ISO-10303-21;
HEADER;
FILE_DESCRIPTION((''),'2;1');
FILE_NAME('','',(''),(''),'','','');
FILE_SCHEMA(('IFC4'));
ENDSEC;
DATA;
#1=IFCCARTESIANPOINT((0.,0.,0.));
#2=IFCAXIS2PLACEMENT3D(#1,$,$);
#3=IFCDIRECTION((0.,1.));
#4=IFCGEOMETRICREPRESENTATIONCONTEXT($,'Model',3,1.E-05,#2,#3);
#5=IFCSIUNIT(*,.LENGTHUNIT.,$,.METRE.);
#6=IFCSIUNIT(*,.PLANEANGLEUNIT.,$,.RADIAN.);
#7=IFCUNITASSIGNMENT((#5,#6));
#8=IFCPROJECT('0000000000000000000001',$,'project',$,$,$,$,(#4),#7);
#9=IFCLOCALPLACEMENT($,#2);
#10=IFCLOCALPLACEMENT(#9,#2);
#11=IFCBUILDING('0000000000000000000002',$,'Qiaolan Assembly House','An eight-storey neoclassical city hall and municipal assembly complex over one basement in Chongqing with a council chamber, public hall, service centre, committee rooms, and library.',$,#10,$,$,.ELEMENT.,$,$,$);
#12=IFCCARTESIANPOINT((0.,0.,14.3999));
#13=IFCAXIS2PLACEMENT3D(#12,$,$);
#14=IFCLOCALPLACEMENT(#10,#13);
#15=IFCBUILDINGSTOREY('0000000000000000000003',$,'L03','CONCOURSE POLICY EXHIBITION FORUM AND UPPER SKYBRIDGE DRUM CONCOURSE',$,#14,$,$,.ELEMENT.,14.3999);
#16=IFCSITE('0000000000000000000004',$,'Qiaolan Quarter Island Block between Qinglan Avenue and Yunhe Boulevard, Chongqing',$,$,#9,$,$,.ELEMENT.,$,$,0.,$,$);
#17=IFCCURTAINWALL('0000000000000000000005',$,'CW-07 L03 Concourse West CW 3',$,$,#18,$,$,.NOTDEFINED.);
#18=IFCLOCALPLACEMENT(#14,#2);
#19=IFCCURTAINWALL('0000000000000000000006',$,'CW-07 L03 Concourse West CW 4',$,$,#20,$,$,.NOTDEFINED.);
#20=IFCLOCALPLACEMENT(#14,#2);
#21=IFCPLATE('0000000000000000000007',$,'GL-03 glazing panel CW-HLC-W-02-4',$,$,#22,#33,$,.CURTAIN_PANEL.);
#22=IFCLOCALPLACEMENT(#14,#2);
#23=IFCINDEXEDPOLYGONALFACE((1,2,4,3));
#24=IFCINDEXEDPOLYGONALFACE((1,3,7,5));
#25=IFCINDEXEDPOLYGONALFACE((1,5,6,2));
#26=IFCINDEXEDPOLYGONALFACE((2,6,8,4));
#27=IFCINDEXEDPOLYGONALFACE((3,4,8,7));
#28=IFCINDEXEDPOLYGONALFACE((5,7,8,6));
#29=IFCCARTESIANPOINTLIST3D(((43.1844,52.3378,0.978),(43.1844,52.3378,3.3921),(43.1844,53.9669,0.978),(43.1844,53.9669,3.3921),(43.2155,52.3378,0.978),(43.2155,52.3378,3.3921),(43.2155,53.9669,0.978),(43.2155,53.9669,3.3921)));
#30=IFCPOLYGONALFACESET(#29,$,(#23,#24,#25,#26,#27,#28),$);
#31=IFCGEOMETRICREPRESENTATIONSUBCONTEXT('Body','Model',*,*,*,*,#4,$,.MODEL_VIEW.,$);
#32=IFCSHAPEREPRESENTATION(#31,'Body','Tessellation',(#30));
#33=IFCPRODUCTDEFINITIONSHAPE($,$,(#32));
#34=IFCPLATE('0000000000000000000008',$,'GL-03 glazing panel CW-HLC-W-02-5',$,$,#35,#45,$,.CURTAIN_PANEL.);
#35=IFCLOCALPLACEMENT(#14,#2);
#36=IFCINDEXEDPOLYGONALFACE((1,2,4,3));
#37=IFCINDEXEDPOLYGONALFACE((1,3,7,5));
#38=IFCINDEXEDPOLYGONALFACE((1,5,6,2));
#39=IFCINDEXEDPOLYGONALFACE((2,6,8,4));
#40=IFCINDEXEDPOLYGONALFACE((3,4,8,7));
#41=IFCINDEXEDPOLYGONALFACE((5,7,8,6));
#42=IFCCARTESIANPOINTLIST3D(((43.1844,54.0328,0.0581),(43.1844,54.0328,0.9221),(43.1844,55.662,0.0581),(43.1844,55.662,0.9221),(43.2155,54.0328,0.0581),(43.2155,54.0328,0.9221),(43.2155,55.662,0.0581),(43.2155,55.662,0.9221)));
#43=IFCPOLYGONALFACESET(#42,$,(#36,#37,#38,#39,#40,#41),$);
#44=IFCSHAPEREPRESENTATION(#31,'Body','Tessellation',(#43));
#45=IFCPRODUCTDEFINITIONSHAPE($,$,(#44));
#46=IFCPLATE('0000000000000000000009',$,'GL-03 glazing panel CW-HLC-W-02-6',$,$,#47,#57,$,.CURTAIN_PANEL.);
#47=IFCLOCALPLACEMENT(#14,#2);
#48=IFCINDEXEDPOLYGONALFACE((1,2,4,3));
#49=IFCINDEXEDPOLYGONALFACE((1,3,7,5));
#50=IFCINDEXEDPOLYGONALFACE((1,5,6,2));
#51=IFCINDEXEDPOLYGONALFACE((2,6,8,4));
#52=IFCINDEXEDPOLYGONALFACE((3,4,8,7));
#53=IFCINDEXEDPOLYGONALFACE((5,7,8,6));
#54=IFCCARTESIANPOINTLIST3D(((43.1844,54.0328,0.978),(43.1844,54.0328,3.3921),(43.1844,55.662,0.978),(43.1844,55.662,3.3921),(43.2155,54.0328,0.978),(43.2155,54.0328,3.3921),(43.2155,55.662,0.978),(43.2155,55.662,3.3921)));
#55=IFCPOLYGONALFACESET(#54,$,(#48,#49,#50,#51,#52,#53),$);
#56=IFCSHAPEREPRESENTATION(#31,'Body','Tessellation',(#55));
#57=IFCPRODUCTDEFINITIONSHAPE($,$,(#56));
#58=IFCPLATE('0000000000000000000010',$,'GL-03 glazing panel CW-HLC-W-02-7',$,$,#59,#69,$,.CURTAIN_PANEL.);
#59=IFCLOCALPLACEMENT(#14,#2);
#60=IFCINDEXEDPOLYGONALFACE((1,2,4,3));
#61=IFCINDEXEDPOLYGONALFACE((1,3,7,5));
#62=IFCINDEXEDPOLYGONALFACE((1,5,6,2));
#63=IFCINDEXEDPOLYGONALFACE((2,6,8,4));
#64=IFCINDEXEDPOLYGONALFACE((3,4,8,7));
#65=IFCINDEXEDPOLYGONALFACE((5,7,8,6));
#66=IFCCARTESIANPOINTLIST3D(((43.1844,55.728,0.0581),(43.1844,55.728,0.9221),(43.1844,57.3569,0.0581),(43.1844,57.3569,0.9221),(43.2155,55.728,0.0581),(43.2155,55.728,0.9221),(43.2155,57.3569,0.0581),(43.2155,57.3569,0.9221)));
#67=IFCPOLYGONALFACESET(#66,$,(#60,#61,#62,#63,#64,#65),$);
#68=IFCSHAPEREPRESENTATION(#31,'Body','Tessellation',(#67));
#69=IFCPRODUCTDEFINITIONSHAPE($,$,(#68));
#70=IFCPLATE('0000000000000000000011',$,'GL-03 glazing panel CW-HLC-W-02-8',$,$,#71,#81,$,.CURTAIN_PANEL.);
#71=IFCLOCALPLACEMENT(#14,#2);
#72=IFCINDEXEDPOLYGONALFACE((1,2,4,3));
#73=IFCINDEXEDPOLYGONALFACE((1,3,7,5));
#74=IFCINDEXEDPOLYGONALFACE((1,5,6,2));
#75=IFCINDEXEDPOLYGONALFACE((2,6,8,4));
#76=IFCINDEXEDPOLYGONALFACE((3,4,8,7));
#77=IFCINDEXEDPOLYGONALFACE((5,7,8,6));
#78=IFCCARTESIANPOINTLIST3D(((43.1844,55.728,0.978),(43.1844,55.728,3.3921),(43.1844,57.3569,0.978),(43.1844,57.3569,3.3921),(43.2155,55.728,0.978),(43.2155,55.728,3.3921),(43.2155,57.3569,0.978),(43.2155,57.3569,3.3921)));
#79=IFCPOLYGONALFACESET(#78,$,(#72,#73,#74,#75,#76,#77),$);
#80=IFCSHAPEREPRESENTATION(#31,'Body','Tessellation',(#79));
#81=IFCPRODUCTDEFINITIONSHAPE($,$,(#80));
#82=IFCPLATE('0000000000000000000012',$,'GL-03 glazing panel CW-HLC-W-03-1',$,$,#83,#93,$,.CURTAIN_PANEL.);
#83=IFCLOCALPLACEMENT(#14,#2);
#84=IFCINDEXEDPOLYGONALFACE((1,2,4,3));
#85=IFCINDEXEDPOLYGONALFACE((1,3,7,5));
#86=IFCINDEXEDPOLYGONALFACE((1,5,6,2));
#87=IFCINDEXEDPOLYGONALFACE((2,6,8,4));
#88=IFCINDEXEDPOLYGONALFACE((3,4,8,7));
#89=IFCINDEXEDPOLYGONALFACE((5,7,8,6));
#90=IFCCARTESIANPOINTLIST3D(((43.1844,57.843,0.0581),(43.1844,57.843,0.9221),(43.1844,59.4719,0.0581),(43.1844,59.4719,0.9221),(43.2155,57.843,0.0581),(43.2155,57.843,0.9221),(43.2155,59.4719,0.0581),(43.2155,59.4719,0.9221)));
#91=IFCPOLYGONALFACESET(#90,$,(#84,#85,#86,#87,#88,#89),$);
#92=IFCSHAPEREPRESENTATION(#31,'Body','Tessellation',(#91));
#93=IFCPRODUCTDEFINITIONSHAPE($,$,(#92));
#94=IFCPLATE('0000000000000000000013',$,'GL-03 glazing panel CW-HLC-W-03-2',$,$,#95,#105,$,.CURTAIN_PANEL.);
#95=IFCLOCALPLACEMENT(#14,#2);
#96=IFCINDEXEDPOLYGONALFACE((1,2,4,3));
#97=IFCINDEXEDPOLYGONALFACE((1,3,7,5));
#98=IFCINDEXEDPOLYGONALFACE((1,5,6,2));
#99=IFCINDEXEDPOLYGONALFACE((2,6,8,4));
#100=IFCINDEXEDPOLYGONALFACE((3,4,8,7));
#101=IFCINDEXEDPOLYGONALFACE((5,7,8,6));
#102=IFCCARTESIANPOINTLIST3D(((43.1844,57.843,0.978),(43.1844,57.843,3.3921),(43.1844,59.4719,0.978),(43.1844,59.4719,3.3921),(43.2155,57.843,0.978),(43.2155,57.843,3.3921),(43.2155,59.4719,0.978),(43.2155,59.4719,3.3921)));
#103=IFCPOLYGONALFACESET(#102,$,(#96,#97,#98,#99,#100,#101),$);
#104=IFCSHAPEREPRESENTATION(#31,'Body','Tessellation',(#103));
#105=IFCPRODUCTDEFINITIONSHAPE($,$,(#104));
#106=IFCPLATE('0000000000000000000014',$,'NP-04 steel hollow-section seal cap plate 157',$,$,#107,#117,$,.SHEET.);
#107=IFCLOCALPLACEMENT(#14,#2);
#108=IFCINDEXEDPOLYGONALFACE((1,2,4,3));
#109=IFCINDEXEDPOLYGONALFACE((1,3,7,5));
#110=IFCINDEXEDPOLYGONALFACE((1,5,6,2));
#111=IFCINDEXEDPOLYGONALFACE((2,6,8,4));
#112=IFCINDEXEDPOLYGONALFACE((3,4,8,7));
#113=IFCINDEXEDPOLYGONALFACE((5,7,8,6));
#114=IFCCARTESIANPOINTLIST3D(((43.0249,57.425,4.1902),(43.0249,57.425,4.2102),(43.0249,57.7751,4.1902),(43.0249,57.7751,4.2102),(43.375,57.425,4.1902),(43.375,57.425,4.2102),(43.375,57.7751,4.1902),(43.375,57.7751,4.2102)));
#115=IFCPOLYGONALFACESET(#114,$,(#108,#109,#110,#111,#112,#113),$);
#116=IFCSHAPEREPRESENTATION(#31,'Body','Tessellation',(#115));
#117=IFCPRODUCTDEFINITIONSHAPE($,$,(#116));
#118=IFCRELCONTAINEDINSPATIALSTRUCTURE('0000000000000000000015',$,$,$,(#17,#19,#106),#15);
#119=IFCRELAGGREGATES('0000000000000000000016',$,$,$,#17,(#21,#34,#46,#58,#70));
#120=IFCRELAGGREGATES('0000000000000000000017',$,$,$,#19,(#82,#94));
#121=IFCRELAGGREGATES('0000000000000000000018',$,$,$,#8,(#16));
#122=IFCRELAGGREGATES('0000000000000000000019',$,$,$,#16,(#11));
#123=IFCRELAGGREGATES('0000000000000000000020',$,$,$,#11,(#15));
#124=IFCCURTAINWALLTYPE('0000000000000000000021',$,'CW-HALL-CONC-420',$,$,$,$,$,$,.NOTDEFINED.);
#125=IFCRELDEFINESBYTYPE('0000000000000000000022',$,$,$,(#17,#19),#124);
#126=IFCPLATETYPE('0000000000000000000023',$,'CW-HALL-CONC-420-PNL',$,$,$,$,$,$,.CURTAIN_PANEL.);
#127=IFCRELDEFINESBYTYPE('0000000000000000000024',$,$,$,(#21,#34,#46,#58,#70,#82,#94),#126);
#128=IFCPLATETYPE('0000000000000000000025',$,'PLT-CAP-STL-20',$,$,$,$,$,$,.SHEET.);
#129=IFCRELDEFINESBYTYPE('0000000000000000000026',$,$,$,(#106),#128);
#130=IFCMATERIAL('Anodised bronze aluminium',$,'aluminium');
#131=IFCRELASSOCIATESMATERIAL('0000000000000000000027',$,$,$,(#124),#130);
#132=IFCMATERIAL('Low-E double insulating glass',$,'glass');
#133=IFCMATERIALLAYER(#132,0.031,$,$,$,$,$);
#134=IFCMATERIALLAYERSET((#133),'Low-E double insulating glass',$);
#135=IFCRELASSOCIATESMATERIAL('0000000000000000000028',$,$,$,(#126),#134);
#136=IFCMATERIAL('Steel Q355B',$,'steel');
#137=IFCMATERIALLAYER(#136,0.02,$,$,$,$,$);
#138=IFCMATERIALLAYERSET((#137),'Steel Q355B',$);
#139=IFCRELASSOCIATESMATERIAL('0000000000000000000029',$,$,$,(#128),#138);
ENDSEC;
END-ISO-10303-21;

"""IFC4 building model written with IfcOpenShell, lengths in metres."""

from ifc_helpers import new_model, si_unit, direction, frame, frame_2d, origin, origin_2d, place, context, subcontext, project, spatial, rectangle, extrude, material, layer, layer_set, type_object, element, aggregate, save


model = new_model("IFC4")

# Units and contexts
model_context = context("Model", 3, precision=1e-05, world=origin(), true_north=direction((0.0, 1.0)))
body_context = subcontext(model_context, "Body", "Model", "MODEL_VIEW")
ifc_project = project(units=[si_unit("LENGTHUNIT", "METRE"), si_unit("PLANEANGLEUNIT", "RADIAN")], contexts=[model_context])

# Site, building, storey
site_placement = place(None, origin())
site = spatial("IfcSite", under=ifc_project, at=site_placement, Name="Qiaolan Quarter Island Block between Qinglan Avenue and Yunhe Boulevard, Chongqing", CompositionType="ELEMENT", RefElevation=0.0)
building_placement = place(site_placement, origin())
building = spatial("IfcBuilding", under=site, at=building_placement, Name="Qiaolan Assembly House", Description="An eight-storey neoclassical city hall and municipal assembly complex over one basement in Chongqing with a council chamber, public hall, service centre, committee rooms, and library.", CompositionType="ELEMENT")
storey_placement = place(building_placement, frame((0.0, 0.0, 14.3999)))
storey = spatial("IfcBuildingStorey", under=building, at=storey_placement, Name="L03", Description="CONCOURSE POLICY EXHIBITION FORUM AND UPPER SKYBRIDGE DRUM CONCOURSE", CompositionType="ELEMENT", Elevation=14.3999)

# Shared definitions
ifc_material_1 = material(Name="Steel Q355B", Category="steel")

# Curtain walls
ifc_material_2 = material(Name="Anodised bronze aluminium", Category="aluminium")
curtain_wall_type = type_object("IfcCurtainWallType", Name="CW-HALL-CONC-420", PredefinedType="NOTDEFINED", material=ifc_material_2)
curtain_wall_1_placement = place(storey_placement, origin())
curtain_wall_1 = element("IfcCurtainWall", 1, at=curtain_wall_1_placement, inside=storey, type_object=curtain_wall_type, Name="CW-07 L03 Concourse West CW 3", PredefinedType="NOTDEFINED")
curtain_wall_2_placement = place(storey_placement, origin())
curtain_wall_2 = element("IfcCurtainWall", 2, at=curtain_wall_2_placement, inside=storey, type_object=curtain_wall_type, Name="CW-07 L03 Concourse West CW 4", PredefinedType="NOTDEFINED")

# Plates
ifc_material_3 = material(Name="Low-E double insulating glass", Category="glass")
ifc_layer_1 = layer(ifc_material_3, 0.031)
ifc_layer_set_1 = layer_set([ifc_layer_1], Name="Low-E double insulating glass")
plate_type_1 = type_object("IfcPlateType", Name="CW-HALL-CONC-420-PNL", PredefinedType="CURTAIN_PANEL", material=ifc_layer_set_1)
plate_1_placement = place(storey_placement, frame((43.2, 52.3379, 0.978), z_axis=(0.0, 0.0, 1.0), x_axis=(0.0, 1.0, 0.0)))
plate_1 = element("IfcPlate", 3, at=plate_1_placement, type_object=plate_type_1, Name="GL-03 glazing panel CW-HLC-W-02-4", PredefinedType="CURTAIN_PANEL", context=body_context, shape_type="SweptSolid", body=[
    extrude(rectangle(XDim=1.6292, YDim=0.031, at=frame_2d((0.8145, 0.0))), origin(), (0.0, 0.0, 1.0), 2.4141),
])
plate_2_placement = place(storey_placement, frame((43.2, 54.033, 0.0581), z_axis=(0.0, 0.0, 1.0), x_axis=(0.0, 1.0, 0.0)))
plate_2 = element("IfcPlate", 4, at=plate_2_placement, type_object=plate_type_1, Name="GL-03 glazing panel CW-HLC-W-02-5", PredefinedType="CURTAIN_PANEL", context=body_context, shape_type="SweptSolid", body=[
    extrude(rectangle(XDim=1.6292, YDim=0.031, at=frame_2d((0.8145, 0.0))), origin(), (0.0, 0.0, 1.0), 0.864),
])
plate_3_placement = place(storey_placement, frame((43.2, 54.033, 0.978), z_axis=(0.0, 0.0, 1.0), x_axis=(0.0, 1.0, 0.0)))
plate_3 = element("IfcPlate", 5, at=plate_3_placement, type_object=plate_type_1, Name="GL-03 glazing panel CW-HLC-W-02-6", PredefinedType="CURTAIN_PANEL", context=body_context, shape_type="SweptSolid", body=[
    extrude(rectangle(XDim=1.6292, YDim=0.031, at=frame_2d((0.8145, 0.0))), origin(), (0.0, 0.0, 1.0), 2.4141),
])
plate_4_placement = place(storey_placement, frame((43.2, 55.728, 0.0581), z_axis=(0.0, 0.0, 1.0), x_axis=(0.0, 1.0, 0.0)))
plate_4 = element("IfcPlate", 6, at=plate_4_placement, type_object=plate_type_1, Name="GL-03 glazing panel CW-HLC-W-02-7", PredefinedType="CURTAIN_PANEL", context=body_context, shape_type="SweptSolid", body=[
    extrude(rectangle(XDim=1.6289, YDim=0.031, at=frame_2d((0.8145, 0.0))), origin(), (0.0, 0.0, 1.0), 0.864),
])
plate_5_placement = place(storey_placement, frame((43.2, 55.728, 0.978), z_axis=(0.0, 0.0, 1.0), x_axis=(0.0, 1.0, 0.0)))
plate_5 = element("IfcPlate", 7, at=plate_5_placement, type_object=plate_type_1, Name="GL-03 glazing panel CW-HLC-W-02-8", PredefinedType="CURTAIN_PANEL", context=body_context, shape_type="SweptSolid", body=[
    extrude(rectangle(XDim=1.6289, YDim=0.031, at=frame_2d((0.8145, 0.0))), origin(), (0.0, 0.0, 1.0), 2.4141),
])
aggregate(curtain_wall_1, [plate_1, plate_2, plate_3, plate_4, plate_5])
plate_6_placement = place(storey_placement, frame((43.2, 57.843, 0.0581), z_axis=(0.0, 0.0, 1.0), x_axis=(0.0, 1.0, 0.0)))
plate_6 = element("IfcPlate", 8, at=plate_6_placement, type_object=plate_type_1, Name="GL-03 glazing panel CW-HLC-W-03-1", PredefinedType="CURTAIN_PANEL", context=body_context, shape_type="SweptSolid", body=[
    extrude(rectangle(XDim=1.6289, YDim=0.031, at=frame_2d((0.8145, 0.0))), origin(), (0.0, 0.0, 1.0), 0.864),
])
plate_7_placement = place(storey_placement, frame((43.2, 57.843, 0.978), z_axis=(0.0, 0.0, 1.0), x_axis=(0.0, 1.0, 0.0)))
plate_7 = element("IfcPlate", 9, at=plate_7_placement, type_object=plate_type_1, Name="GL-03 glazing panel CW-HLC-W-03-2", PredefinedType="CURTAIN_PANEL", context=body_context, shape_type="SweptSolid", body=[
    extrude(rectangle(XDim=1.6289, YDim=0.031, at=frame_2d((0.8145, 0.0))), origin(), (0.0, 0.0, 1.0), 2.4141),
])
aggregate(curtain_wall_2, [plate_6, plate_7])
ifc_layer_2 = layer(ifc_material_1, 0.02)
ifc_layer_set_2 = layer_set([ifc_layer_2], Name="Steel Q355B")
plate_type_2 = type_object("IfcPlateType", Name="PLT-CAP-STL-20", PredefinedType="SHEET", material=ifc_layer_set_2)
plate_8_placement = place(storey_placement, frame((43.2, 57.6001, 4.1902), z_axis=(0.0, 0.0, 1.0), x_axis=(1.0, 0.0, 0.0)))
element("IfcPlate", 10, at=plate_8_placement, inside=storey, type_object=plate_type_2, Name="NP-04 steel hollow-section seal cap plate 157", PredefinedType="SHEET", context=body_context, shape_type="SweptSolid", body=[
    extrude(rectangle(XDim=0.3501, YDim=0.3501, at=origin_2d()), origin(), (0.0, 0.0, 1.0), 0.02),
])

save(model, "model.ifc")
